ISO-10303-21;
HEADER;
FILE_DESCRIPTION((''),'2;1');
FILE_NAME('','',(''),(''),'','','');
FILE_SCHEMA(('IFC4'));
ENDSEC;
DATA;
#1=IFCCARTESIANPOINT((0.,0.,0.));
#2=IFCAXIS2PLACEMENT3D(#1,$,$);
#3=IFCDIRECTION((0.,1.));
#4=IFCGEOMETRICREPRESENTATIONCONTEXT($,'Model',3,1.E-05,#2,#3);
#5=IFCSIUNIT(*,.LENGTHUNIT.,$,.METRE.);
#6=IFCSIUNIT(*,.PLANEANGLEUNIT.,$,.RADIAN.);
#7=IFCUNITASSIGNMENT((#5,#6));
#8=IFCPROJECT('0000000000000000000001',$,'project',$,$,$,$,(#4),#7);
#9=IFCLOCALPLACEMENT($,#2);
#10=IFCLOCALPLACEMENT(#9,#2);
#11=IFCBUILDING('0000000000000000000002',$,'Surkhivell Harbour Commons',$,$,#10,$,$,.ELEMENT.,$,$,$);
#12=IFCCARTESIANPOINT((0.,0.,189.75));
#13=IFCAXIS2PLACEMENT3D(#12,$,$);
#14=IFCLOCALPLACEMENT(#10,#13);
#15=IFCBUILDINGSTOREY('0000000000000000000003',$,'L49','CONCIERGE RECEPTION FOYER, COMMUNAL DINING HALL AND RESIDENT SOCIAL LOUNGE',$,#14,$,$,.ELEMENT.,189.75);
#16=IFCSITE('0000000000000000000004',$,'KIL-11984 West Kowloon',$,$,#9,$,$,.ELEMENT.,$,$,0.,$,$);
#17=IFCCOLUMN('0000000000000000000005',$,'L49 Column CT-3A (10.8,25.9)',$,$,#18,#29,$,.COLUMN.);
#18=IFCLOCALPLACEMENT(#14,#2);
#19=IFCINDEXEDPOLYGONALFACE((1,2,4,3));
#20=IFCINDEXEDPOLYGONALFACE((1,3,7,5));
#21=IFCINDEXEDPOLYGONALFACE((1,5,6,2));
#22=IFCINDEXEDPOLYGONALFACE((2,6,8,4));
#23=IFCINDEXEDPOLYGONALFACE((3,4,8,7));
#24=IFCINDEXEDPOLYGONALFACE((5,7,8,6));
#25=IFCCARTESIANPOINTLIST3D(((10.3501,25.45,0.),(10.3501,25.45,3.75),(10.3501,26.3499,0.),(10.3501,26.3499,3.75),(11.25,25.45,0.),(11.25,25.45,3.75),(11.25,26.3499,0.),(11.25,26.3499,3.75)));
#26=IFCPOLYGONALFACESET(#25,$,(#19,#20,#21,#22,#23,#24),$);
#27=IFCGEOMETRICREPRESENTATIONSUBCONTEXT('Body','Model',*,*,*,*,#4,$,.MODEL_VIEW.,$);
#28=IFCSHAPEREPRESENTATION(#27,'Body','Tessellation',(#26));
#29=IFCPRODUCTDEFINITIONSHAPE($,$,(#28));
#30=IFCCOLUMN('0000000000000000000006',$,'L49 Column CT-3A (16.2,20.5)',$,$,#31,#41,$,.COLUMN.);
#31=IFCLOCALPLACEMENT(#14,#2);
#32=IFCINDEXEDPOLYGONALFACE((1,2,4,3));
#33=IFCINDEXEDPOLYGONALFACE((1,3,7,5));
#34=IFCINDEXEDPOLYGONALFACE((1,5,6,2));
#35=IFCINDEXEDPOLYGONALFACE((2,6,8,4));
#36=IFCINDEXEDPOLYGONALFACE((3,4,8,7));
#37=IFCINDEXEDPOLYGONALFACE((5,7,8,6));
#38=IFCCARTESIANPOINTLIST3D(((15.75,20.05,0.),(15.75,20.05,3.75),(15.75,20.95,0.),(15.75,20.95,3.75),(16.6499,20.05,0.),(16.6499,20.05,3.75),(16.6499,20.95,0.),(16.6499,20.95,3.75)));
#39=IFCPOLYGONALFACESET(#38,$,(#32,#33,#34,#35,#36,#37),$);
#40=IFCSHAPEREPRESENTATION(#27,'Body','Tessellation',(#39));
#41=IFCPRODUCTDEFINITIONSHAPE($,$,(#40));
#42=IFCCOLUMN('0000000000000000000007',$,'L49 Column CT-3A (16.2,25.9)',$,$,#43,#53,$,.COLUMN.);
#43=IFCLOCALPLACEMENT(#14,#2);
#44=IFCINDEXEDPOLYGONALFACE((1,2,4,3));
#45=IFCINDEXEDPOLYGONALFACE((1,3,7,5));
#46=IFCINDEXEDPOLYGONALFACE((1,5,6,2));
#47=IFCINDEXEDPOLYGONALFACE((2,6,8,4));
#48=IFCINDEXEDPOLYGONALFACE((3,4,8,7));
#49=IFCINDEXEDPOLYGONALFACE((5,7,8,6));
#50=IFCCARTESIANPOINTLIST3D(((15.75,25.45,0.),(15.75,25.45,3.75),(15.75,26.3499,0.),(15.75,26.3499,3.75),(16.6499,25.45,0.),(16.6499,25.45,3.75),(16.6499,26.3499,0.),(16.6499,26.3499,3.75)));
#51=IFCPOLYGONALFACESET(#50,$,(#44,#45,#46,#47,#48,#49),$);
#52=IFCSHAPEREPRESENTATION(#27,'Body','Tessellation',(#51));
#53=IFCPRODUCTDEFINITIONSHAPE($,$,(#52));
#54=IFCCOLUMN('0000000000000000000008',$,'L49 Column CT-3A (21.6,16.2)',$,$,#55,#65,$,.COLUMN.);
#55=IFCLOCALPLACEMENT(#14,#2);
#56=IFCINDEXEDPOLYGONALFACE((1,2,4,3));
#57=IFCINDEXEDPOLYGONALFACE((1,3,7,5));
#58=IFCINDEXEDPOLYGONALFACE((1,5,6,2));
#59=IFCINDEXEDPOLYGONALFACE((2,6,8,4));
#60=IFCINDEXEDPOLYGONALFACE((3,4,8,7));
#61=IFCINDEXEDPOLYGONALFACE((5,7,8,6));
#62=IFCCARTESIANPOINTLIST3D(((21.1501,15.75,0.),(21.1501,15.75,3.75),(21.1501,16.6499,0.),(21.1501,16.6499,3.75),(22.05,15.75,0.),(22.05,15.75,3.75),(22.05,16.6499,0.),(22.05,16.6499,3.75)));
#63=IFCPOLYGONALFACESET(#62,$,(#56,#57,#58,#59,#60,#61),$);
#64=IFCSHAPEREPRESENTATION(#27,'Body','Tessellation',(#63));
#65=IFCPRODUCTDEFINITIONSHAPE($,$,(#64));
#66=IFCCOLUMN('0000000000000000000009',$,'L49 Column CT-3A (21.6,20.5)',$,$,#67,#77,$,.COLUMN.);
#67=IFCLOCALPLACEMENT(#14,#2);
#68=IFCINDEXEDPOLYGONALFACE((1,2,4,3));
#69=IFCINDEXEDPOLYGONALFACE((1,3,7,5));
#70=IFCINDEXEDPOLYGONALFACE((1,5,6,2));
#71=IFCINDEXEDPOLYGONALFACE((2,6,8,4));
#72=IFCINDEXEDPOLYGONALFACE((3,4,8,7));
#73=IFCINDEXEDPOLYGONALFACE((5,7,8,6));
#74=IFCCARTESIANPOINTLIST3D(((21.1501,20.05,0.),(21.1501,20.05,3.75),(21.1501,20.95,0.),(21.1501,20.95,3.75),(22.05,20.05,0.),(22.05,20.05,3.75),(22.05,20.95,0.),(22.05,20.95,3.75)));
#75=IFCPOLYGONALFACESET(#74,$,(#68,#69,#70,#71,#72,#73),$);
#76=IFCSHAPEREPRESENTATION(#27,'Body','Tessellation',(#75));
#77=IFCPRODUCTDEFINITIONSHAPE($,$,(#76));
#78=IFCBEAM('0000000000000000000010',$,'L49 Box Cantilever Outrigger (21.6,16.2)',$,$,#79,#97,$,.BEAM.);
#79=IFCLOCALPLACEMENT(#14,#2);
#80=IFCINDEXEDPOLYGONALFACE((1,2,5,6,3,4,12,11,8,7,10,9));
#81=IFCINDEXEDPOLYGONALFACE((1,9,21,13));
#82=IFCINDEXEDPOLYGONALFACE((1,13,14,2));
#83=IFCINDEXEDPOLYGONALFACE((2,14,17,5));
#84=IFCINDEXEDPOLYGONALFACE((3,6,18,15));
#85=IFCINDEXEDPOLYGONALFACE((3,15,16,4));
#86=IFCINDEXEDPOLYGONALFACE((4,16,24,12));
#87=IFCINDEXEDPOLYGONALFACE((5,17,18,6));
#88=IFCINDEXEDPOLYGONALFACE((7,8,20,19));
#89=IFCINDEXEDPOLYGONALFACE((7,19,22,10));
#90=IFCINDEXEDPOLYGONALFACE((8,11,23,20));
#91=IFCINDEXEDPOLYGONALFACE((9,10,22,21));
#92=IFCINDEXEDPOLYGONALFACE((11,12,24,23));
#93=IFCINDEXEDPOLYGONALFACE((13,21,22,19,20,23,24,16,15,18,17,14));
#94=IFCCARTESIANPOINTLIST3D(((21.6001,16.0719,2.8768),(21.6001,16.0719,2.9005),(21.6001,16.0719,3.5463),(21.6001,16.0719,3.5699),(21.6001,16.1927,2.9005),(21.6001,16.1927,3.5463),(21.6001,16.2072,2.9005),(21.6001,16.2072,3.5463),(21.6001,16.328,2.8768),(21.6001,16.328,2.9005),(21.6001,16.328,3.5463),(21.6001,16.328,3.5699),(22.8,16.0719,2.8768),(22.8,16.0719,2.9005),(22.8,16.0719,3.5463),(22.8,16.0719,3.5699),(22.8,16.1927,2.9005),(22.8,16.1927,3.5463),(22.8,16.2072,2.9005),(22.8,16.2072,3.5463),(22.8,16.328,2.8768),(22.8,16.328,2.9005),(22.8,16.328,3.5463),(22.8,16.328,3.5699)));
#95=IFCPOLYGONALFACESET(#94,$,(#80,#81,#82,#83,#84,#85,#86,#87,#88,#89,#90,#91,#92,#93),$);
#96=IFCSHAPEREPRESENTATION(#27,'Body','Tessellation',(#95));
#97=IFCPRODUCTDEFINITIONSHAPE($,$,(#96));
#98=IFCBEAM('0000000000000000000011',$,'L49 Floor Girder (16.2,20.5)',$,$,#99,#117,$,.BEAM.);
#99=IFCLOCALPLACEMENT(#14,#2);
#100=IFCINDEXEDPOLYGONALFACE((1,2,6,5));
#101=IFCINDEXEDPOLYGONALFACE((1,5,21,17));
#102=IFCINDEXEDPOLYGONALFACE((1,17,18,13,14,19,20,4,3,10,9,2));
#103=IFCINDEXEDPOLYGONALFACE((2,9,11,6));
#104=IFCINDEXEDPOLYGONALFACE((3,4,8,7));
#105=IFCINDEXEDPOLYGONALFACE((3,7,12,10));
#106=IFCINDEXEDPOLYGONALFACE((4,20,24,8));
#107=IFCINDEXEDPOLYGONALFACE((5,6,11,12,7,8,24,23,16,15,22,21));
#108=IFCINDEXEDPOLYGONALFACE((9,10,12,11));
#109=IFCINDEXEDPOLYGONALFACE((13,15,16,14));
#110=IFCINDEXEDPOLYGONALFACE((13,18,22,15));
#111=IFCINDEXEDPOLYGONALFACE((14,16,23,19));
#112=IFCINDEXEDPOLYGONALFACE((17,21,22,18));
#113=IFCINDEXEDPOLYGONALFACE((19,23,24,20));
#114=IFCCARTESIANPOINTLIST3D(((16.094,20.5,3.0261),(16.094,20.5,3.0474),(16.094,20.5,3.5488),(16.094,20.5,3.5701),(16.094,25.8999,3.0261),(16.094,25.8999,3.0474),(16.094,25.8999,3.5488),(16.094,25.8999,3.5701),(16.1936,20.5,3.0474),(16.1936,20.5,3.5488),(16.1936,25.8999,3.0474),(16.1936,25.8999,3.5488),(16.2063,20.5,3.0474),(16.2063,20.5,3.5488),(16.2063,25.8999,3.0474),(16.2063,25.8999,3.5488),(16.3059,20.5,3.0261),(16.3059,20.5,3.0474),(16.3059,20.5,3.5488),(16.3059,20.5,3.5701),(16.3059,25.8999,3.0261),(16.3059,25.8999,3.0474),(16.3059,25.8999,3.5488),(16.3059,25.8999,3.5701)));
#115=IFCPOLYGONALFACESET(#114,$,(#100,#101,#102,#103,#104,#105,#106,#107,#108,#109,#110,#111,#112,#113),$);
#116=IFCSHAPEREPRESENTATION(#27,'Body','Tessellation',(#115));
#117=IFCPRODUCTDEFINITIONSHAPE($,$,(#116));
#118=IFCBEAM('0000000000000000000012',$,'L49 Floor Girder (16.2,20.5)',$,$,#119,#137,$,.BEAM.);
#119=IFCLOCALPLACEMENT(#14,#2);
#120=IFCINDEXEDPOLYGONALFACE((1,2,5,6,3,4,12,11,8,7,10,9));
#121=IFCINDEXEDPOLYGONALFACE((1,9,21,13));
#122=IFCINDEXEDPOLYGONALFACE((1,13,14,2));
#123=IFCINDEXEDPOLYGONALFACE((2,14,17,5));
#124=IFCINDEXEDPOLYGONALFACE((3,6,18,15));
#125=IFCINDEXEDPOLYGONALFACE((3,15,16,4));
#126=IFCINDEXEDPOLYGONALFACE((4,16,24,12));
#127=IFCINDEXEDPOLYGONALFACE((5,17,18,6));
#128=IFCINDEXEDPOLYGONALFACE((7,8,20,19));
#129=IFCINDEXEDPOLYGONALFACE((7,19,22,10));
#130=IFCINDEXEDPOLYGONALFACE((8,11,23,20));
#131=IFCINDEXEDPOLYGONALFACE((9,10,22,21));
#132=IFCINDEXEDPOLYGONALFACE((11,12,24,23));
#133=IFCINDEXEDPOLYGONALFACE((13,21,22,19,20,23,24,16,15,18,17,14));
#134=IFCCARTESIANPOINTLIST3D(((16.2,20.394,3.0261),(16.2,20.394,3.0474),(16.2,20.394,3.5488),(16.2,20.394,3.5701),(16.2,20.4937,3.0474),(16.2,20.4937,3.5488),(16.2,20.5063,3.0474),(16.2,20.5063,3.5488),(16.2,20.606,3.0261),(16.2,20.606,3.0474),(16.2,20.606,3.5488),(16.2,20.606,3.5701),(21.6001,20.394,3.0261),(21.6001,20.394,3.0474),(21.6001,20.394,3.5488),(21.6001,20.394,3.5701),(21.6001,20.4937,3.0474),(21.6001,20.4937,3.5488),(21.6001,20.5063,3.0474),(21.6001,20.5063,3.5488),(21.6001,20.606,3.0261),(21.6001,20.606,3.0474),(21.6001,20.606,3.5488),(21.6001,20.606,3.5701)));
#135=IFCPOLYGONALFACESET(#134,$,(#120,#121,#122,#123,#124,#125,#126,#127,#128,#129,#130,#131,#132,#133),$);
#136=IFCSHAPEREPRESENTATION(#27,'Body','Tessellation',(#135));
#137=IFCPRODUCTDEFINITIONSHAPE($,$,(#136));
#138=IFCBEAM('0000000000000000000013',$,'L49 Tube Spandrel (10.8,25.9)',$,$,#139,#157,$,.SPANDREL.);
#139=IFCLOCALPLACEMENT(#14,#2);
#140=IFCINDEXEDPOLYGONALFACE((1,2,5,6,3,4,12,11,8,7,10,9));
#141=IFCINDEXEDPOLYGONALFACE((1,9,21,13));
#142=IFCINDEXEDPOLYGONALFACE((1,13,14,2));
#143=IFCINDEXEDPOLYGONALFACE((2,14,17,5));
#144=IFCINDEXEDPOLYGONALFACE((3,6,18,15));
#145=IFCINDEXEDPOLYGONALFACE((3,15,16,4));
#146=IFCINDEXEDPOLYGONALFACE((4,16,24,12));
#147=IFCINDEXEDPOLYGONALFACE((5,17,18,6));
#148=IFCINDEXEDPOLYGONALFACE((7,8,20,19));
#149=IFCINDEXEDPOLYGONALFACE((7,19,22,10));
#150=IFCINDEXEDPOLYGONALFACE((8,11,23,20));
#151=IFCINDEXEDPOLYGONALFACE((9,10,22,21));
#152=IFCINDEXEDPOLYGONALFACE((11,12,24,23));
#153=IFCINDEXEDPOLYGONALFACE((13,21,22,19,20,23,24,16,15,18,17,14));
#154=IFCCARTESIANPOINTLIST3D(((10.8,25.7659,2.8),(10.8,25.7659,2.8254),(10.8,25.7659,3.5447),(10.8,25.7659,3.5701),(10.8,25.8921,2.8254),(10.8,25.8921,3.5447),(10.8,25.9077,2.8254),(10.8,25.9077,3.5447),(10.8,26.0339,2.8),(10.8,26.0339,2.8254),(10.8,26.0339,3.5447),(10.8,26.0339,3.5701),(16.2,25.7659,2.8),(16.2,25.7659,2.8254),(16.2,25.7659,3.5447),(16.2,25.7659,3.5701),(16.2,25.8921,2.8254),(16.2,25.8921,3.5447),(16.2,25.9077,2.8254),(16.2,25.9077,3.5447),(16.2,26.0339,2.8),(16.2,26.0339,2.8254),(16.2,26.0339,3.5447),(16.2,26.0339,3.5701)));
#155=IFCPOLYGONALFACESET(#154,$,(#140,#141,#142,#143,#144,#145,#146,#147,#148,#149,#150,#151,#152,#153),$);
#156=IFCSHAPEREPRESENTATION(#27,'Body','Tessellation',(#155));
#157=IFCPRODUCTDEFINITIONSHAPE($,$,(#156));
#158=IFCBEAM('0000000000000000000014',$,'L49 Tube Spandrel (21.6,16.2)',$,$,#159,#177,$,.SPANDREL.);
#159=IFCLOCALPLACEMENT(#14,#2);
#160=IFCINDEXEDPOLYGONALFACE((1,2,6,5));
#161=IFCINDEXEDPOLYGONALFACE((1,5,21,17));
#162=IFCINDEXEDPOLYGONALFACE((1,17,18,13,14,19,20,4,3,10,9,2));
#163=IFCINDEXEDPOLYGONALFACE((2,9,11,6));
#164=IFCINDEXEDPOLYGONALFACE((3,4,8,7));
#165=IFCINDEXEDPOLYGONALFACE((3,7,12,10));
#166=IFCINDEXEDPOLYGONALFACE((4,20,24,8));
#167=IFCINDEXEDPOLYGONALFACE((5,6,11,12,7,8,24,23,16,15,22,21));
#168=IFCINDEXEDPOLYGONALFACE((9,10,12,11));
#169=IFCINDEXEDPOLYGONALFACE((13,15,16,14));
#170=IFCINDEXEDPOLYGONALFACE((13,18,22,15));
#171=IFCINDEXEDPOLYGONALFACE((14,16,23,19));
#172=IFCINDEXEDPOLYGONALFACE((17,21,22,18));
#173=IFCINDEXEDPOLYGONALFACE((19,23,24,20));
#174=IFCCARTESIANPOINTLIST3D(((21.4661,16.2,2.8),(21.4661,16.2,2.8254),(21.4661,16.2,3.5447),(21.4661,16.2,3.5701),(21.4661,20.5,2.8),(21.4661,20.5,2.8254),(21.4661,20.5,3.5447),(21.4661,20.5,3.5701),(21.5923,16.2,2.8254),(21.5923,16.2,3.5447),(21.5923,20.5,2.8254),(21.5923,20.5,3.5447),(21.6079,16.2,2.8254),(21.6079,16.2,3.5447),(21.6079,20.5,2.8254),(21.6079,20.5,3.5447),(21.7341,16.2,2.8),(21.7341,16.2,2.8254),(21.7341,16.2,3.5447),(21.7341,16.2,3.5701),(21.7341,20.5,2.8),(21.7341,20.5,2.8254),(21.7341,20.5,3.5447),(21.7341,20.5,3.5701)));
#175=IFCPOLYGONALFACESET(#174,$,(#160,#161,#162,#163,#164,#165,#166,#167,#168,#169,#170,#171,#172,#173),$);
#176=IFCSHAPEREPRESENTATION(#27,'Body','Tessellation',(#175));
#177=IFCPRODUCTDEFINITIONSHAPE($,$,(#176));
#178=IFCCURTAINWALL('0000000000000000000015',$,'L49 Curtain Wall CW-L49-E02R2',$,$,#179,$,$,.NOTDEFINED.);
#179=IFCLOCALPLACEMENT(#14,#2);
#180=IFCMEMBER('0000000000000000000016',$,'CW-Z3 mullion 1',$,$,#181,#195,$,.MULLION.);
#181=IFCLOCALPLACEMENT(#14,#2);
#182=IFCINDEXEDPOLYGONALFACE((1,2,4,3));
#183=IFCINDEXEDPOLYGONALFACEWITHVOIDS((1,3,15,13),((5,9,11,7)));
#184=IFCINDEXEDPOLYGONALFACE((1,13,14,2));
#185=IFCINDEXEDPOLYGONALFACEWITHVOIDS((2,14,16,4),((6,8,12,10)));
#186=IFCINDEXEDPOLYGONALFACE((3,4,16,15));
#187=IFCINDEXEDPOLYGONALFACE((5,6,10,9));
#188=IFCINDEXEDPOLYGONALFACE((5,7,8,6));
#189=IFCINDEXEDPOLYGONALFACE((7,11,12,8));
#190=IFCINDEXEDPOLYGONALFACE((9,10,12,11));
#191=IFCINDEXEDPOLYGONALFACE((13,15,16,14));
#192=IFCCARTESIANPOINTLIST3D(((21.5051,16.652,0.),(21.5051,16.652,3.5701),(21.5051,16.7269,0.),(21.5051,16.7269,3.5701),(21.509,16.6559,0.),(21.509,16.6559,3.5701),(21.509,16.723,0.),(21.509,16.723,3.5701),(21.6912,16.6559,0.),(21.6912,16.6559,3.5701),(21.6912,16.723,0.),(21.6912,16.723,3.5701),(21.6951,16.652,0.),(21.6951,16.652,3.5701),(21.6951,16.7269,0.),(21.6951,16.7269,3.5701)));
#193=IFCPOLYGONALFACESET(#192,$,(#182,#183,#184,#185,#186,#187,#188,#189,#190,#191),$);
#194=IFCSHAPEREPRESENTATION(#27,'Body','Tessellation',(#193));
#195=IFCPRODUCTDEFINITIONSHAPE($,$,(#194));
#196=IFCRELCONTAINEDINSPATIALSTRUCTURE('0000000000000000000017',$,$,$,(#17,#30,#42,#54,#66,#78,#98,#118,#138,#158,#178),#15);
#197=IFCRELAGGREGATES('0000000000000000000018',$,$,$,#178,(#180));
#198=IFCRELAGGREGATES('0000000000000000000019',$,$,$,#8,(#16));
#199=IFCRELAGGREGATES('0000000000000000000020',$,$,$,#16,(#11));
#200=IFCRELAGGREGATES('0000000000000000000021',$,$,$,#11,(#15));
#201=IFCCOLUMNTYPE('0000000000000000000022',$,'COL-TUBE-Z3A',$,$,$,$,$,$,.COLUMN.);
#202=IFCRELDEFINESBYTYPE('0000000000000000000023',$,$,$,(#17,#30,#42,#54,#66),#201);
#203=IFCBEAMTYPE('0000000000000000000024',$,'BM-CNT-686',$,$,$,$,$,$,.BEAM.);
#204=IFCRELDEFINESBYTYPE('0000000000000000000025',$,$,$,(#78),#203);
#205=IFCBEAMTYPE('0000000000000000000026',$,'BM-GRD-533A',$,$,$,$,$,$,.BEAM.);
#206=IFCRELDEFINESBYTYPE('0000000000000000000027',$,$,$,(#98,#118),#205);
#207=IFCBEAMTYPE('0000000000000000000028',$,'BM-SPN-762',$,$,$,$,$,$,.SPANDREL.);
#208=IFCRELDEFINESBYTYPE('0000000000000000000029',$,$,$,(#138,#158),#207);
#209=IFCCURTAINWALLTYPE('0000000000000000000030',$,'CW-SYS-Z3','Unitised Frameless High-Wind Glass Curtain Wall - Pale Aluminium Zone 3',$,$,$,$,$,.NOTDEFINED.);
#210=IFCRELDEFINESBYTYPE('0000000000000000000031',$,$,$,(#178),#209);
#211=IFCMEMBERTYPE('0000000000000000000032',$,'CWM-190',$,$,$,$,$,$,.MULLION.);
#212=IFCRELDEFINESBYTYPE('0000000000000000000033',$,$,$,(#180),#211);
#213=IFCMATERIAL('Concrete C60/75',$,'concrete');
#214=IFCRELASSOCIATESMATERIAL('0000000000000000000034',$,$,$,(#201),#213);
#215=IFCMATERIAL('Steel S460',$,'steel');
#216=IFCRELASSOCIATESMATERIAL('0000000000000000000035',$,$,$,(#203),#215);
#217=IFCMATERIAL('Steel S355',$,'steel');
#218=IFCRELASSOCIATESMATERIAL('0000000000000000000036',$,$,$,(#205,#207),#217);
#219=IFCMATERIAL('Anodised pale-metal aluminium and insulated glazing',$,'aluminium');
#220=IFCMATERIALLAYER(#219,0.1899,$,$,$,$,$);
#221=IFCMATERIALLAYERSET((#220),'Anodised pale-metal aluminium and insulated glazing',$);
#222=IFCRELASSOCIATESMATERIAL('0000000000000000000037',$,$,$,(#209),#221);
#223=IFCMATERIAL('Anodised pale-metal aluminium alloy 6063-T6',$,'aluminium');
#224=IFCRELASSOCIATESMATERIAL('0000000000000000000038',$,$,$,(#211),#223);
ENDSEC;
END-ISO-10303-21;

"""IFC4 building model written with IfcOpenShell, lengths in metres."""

from ifc_helpers import new_model, si_unit, direction, frame, origin, origin_2d, place, context, subcontext, project, spatial, rectangle, hollow_rectangle, i_section, extrude, material, layer, layer_set, material_profile, profile_set, type_object, element, aggregate, save


model = new_model("IFC4")

# Units and contexts
model_context = context("Model", 3, precision=1e-05, world=origin(), true_north=direction((0.0, 1.0)))
body_context = subcontext(model_context, "Body", "Model", "MODEL_VIEW")
ifc_project = project(units=[si_unit("LENGTHUNIT", "METRE"), si_unit("PLANEANGLEUNIT", "RADIAN")], contexts=[model_context])

# Site, building, storey
site_placement = place(None, origin())
site = spatial("IfcSite", under=ifc_project, at=site_placement, Name="KIL-11984 West Kowloon", CompositionType="ELEMENT", RefElevation=0.0)
building_placement = place(site_placement, origin())
building = spatial("IfcBuilding", under=site, at=building_placement, Name="Surkhivell Harbour Commons", CompositionType="ELEMENT")
storey_placement = place(building_placement, frame((0.0, 0.0, 189.75)))
storey = spatial("IfcBuildingStorey", under=building, at=storey_placement, Name="L49", Description="CONCIERGE RECEPTION FOYER, COMMUNAL DINING HALL AND RESIDENT SOCIAL LOUNGE", CompositionType="ELEMENT", Elevation=189.75)

# Columns
ifc_material_1 = material(Name="Concrete C60/75", Category="concrete")
ifc_material_profile_1 = material_profile(ifc_material_1, rectangle(XDim=0.8999, YDim=0.8999, at=origin_2d()), Name="RC-COL-900x900")
ifc_profile_set_1 = profile_set([ifc_material_profile_1], Name="Concrete C60/75")
column_type = type_object("IfcColumnType", Name="COL-TUBE-Z3A", PredefinedType="COLUMN", material=ifc_profile_set_1)
for number, where, z_axis, x_axis, name in (
    (1, (10.8, 25.8999, 0.0), (0.0, 0.0, 1.0), (1.0, 0.0, 0.0), "L49 Column CT-3A (10.8,25.9)"),
    (2, (16.2, 20.5, 0.0), (0.0, 0.0, 1.0), (1.0, 0.0, 0.0), "L49 Column CT-3A (16.2,20.5)"),
    (3, (16.2, 25.8999, 0.0), (0.0, 0.0, 1.0), (1.0, 0.0, 0.0), "L49 Column CT-3A (16.2,25.9)"),
    (4, (21.6001, 16.2, 0.0), (0.0, 0.0, 1.0), (1.0, 0.0, 0.0), "L49 Column CT-3A (21.6,16.2)"),
    (5, (21.6001, 20.5, 0.0), (0.0, 0.0, 1.0), (1.0, 0.0, 0.0), "L49 Column CT-3A (21.6,20.5)"),
):
    element("IfcColumn", number, at=place(storey_placement, frame(where, z_axis=z_axis, x_axis=x_axis)), inside=storey, type_object=column_type, Name=name, PredefinedType="COLUMN", context=body_context, shape_type="SweptSolid", body=[
        extrude(rectangle(XDim=0.8999, YDim=0.8999, at=origin_2d()), origin(), (0.0, 0.0, 1.0), 3.75),
    ])

# Beams
ifc_material_2 = material(Name="Steel S460", Category="steel")
ifc_material_profile_2 = material_profile(ifc_material_2, i_section(OverallWidth=0.2561, OverallDepth=0.6931, WebThickness=0.0144, FlangeThickness=0.0237, at=origin_2d()), Name="UB686x254x170")
ifc_profile_set_2 = profile_set([ifc_material_profile_2], Name="Steel S460")
beam_type_1 = type_object("IfcBeamType", Name="BM-CNT-686", PredefinedType="BEAM", material=ifc_profile_set_2)
beam_1_placement = place(storey_placement, frame((21.6001, 16.2, 3.2234), z_axis=(1.0, 0.0, 0.0), x_axis=(0.0, 1.0, 0.0)))
element("IfcBeam", 6, at=beam_1_placement, inside=storey, type_object=beam_type_1, Name="L49 Box Cantilever Outrigger (21.6,16.2)", PredefinedType="BEAM", context=body_context, shape_type="SweptSolid", body=[
    extrude(i_section(OverallWidth=0.2561, OverallDepth=0.6931, WebThickness=0.0144, FlangeThickness=0.0237, at=origin_2d()), origin(), (0.0, 0.0, 1.0), 1.2),
])
ifc_material_3 = material(Name="Steel S355", Category="steel")
ifc_material_profile_3 = material_profile(ifc_material_3, i_section(OverallWidth=0.2119, OverallDepth=0.5439, WebThickness=0.0127, FlangeThickness=0.0212, at=origin_2d()), Name="UB533x210x122")
ifc_profile_set_3 = profile_set([ifc_material_profile_3], Name="Steel S355")
beam_type_2 = type_object("IfcBeamType", Name="BM-GRD-533A", PredefinedType="BEAM", material=ifc_profile_set_3)
beam_2_placement = place(storey_placement, frame((16.2, 20.5, 3.2981), z_axis=(0.0, 1.0, 0.0), x_axis=(-1.0, 0.0, 0.0)))
element("IfcBeam", 7, at=beam_2_placement, inside=storey, type_object=beam_type_2, Name="L49 Floor Girder (16.2,20.5)", PredefinedType="BEAM", context=body_context, shape_type="SweptSolid", body=[
    extrude(i_section(OverallWidth=0.2119, OverallDepth=0.5439, WebThickness=0.0127, FlangeThickness=0.0212, at=origin_2d()), origin(), (0.0, 0.0, 1.0), 5.3999),
])
beam_3_placement = place(storey_placement, frame((16.2, 20.5, 3.2981), z_axis=(1.0, 0.0, 0.0), x_axis=(0.0, 1.0, 0.0)))
element("IfcBeam", 8, at=beam_3_placement, inside=storey, type_object=beam_type_2, Name="L49 Floor Girder (16.2,20.5)", PredefinedType="BEAM", context=body_context, shape_type="SweptSolid", body=[
    extrude(i_section(OverallWidth=0.2119, OverallDepth=0.5439, WebThickness=0.0127, FlangeThickness=0.0212, at=origin_2d()), origin(), (0.0, 0.0, 1.0), 5.4001),
])
ifc_material_profile_4 = material_profile(ifc_material_3, i_section(OverallWidth=0.2681, OverallDepth=0.77, WebThickness=0.0156, FlangeThickness=0.0254, at=origin_2d()), Name="UB762x267x197")
ifc_profile_set_4 = profile_set([ifc_material_profile_4], Name="Steel S355")
beam_type_3 = type_object("IfcBeamType", Name="BM-SPN-762", PredefinedType="SPANDREL", material=ifc_profile_set_4)
beam_4_placement = place(storey_placement, frame((10.8, 25.8999, 3.1851), z_axis=(1.0, 0.0, 0.0), x_axis=(0.0, 1.0, 0.0)))
element("IfcBeam", 9, at=beam_4_placement, inside=storey, type_object=beam_type_3, Name="L49 Tube Spandrel (10.8,25.9)", PredefinedType="SPANDREL", context=body_context, shape_type="SweptSolid", body=[
    extrude(i_section(OverallWidth=0.2681, OverallDepth=0.77, WebThickness=0.0156, FlangeThickness=0.0254, at=origin_2d()), origin(), (0.0, 0.0, 1.0), 5.3999),
])
beam_5_placement = place(storey_placement, frame((21.6001, 16.2, 3.1851), z_axis=(0.0, 1.0, 0.0), x_axis=(-1.0, 0.0, 0.0)))
element("IfcBeam", 10, at=beam_5_placement, inside=storey, type_object=beam_type_3, Name="L49 Tube Spandrel (21.6,16.2)", PredefinedType="SPANDREL", context=body_context, shape_type="SweptSolid", body=[
    extrude(i_section(OverallWidth=0.2681, OverallDepth=0.77, WebThickness=0.0156, FlangeThickness=0.0254, at=origin_2d()), origin(), (0.0, 0.0, 1.0), 4.3),
])

# Curtain wall, member
ifc_material_4 = material(Name="Anodised pale-metal aluminium and insulated glazing", Category="aluminium")
ifc_layer_1 = layer(ifc_material_4, 0.1899)
ifc_layer_set_1 = layer_set([ifc_layer_1], Name="Anodised pale-metal aluminium and insulated glazing")
curtain_wall_type = type_object("IfcCurtainWallType", Name="CW-SYS-Z3", Description="Unitised Frameless High-Wind Glass Curtain Wall - Pale Aluminium Zone 3", PredefinedType="NOTDEFINED", material=ifc_layer_set_1)
curtain_wall_1_placement = place(storey_placement, origin())
curtain_wall_1 = element("IfcCurtainWall", 11, at=curtain_wall_1_placement, inside=storey, type_object=curtain_wall_type, Name="L49 Curtain Wall CW-L49-E02R2", PredefinedType="NOTDEFINED")
ifc_material_5 = material(Name="Anodised pale-metal aluminium alloy 6063-T6", Category="aluminium")
ifc_material_profile_5 = material_profile(ifc_material_5, hollow_rectangle(XDim=0.075, YDim=0.1899, WallThickness=0.0039, at=origin_2d()), Name="ALU-MULL-75x190")
ifc_profile_set_5 = profile_set([ifc_material_profile_5], Name="Anodised pale-metal aluminium alloy 6063-T6")
member_type_1 = type_object("IfcMemberType", Name="CWM-190", PredefinedType="MULLION", material=ifc_profile_set_5)
member_1_placement = place(storey_placement, frame((21.6001, 16.6895, 0.0), z_axis=(0.0, 0.0, 1.0), x_axis=(0.0, 1.0, 0.0)))
member_1 = element("IfcMember", 12, at=member_1_placement, type_object=member_type_1, Name="CW-Z3 mullion 1", PredefinedType="MULLION", context=body_context, shape_type="SweptSolid", body=[
    extrude(hollow_rectangle(XDim=0.075, YDim=0.1899, WallThickness=0.0039, at=origin_2d()), origin(), (0.0, 0.0, 1.0), 3.5701),
])

aggregate(curtain_wall_1, [member_1])

save(model, "model.ifc")
